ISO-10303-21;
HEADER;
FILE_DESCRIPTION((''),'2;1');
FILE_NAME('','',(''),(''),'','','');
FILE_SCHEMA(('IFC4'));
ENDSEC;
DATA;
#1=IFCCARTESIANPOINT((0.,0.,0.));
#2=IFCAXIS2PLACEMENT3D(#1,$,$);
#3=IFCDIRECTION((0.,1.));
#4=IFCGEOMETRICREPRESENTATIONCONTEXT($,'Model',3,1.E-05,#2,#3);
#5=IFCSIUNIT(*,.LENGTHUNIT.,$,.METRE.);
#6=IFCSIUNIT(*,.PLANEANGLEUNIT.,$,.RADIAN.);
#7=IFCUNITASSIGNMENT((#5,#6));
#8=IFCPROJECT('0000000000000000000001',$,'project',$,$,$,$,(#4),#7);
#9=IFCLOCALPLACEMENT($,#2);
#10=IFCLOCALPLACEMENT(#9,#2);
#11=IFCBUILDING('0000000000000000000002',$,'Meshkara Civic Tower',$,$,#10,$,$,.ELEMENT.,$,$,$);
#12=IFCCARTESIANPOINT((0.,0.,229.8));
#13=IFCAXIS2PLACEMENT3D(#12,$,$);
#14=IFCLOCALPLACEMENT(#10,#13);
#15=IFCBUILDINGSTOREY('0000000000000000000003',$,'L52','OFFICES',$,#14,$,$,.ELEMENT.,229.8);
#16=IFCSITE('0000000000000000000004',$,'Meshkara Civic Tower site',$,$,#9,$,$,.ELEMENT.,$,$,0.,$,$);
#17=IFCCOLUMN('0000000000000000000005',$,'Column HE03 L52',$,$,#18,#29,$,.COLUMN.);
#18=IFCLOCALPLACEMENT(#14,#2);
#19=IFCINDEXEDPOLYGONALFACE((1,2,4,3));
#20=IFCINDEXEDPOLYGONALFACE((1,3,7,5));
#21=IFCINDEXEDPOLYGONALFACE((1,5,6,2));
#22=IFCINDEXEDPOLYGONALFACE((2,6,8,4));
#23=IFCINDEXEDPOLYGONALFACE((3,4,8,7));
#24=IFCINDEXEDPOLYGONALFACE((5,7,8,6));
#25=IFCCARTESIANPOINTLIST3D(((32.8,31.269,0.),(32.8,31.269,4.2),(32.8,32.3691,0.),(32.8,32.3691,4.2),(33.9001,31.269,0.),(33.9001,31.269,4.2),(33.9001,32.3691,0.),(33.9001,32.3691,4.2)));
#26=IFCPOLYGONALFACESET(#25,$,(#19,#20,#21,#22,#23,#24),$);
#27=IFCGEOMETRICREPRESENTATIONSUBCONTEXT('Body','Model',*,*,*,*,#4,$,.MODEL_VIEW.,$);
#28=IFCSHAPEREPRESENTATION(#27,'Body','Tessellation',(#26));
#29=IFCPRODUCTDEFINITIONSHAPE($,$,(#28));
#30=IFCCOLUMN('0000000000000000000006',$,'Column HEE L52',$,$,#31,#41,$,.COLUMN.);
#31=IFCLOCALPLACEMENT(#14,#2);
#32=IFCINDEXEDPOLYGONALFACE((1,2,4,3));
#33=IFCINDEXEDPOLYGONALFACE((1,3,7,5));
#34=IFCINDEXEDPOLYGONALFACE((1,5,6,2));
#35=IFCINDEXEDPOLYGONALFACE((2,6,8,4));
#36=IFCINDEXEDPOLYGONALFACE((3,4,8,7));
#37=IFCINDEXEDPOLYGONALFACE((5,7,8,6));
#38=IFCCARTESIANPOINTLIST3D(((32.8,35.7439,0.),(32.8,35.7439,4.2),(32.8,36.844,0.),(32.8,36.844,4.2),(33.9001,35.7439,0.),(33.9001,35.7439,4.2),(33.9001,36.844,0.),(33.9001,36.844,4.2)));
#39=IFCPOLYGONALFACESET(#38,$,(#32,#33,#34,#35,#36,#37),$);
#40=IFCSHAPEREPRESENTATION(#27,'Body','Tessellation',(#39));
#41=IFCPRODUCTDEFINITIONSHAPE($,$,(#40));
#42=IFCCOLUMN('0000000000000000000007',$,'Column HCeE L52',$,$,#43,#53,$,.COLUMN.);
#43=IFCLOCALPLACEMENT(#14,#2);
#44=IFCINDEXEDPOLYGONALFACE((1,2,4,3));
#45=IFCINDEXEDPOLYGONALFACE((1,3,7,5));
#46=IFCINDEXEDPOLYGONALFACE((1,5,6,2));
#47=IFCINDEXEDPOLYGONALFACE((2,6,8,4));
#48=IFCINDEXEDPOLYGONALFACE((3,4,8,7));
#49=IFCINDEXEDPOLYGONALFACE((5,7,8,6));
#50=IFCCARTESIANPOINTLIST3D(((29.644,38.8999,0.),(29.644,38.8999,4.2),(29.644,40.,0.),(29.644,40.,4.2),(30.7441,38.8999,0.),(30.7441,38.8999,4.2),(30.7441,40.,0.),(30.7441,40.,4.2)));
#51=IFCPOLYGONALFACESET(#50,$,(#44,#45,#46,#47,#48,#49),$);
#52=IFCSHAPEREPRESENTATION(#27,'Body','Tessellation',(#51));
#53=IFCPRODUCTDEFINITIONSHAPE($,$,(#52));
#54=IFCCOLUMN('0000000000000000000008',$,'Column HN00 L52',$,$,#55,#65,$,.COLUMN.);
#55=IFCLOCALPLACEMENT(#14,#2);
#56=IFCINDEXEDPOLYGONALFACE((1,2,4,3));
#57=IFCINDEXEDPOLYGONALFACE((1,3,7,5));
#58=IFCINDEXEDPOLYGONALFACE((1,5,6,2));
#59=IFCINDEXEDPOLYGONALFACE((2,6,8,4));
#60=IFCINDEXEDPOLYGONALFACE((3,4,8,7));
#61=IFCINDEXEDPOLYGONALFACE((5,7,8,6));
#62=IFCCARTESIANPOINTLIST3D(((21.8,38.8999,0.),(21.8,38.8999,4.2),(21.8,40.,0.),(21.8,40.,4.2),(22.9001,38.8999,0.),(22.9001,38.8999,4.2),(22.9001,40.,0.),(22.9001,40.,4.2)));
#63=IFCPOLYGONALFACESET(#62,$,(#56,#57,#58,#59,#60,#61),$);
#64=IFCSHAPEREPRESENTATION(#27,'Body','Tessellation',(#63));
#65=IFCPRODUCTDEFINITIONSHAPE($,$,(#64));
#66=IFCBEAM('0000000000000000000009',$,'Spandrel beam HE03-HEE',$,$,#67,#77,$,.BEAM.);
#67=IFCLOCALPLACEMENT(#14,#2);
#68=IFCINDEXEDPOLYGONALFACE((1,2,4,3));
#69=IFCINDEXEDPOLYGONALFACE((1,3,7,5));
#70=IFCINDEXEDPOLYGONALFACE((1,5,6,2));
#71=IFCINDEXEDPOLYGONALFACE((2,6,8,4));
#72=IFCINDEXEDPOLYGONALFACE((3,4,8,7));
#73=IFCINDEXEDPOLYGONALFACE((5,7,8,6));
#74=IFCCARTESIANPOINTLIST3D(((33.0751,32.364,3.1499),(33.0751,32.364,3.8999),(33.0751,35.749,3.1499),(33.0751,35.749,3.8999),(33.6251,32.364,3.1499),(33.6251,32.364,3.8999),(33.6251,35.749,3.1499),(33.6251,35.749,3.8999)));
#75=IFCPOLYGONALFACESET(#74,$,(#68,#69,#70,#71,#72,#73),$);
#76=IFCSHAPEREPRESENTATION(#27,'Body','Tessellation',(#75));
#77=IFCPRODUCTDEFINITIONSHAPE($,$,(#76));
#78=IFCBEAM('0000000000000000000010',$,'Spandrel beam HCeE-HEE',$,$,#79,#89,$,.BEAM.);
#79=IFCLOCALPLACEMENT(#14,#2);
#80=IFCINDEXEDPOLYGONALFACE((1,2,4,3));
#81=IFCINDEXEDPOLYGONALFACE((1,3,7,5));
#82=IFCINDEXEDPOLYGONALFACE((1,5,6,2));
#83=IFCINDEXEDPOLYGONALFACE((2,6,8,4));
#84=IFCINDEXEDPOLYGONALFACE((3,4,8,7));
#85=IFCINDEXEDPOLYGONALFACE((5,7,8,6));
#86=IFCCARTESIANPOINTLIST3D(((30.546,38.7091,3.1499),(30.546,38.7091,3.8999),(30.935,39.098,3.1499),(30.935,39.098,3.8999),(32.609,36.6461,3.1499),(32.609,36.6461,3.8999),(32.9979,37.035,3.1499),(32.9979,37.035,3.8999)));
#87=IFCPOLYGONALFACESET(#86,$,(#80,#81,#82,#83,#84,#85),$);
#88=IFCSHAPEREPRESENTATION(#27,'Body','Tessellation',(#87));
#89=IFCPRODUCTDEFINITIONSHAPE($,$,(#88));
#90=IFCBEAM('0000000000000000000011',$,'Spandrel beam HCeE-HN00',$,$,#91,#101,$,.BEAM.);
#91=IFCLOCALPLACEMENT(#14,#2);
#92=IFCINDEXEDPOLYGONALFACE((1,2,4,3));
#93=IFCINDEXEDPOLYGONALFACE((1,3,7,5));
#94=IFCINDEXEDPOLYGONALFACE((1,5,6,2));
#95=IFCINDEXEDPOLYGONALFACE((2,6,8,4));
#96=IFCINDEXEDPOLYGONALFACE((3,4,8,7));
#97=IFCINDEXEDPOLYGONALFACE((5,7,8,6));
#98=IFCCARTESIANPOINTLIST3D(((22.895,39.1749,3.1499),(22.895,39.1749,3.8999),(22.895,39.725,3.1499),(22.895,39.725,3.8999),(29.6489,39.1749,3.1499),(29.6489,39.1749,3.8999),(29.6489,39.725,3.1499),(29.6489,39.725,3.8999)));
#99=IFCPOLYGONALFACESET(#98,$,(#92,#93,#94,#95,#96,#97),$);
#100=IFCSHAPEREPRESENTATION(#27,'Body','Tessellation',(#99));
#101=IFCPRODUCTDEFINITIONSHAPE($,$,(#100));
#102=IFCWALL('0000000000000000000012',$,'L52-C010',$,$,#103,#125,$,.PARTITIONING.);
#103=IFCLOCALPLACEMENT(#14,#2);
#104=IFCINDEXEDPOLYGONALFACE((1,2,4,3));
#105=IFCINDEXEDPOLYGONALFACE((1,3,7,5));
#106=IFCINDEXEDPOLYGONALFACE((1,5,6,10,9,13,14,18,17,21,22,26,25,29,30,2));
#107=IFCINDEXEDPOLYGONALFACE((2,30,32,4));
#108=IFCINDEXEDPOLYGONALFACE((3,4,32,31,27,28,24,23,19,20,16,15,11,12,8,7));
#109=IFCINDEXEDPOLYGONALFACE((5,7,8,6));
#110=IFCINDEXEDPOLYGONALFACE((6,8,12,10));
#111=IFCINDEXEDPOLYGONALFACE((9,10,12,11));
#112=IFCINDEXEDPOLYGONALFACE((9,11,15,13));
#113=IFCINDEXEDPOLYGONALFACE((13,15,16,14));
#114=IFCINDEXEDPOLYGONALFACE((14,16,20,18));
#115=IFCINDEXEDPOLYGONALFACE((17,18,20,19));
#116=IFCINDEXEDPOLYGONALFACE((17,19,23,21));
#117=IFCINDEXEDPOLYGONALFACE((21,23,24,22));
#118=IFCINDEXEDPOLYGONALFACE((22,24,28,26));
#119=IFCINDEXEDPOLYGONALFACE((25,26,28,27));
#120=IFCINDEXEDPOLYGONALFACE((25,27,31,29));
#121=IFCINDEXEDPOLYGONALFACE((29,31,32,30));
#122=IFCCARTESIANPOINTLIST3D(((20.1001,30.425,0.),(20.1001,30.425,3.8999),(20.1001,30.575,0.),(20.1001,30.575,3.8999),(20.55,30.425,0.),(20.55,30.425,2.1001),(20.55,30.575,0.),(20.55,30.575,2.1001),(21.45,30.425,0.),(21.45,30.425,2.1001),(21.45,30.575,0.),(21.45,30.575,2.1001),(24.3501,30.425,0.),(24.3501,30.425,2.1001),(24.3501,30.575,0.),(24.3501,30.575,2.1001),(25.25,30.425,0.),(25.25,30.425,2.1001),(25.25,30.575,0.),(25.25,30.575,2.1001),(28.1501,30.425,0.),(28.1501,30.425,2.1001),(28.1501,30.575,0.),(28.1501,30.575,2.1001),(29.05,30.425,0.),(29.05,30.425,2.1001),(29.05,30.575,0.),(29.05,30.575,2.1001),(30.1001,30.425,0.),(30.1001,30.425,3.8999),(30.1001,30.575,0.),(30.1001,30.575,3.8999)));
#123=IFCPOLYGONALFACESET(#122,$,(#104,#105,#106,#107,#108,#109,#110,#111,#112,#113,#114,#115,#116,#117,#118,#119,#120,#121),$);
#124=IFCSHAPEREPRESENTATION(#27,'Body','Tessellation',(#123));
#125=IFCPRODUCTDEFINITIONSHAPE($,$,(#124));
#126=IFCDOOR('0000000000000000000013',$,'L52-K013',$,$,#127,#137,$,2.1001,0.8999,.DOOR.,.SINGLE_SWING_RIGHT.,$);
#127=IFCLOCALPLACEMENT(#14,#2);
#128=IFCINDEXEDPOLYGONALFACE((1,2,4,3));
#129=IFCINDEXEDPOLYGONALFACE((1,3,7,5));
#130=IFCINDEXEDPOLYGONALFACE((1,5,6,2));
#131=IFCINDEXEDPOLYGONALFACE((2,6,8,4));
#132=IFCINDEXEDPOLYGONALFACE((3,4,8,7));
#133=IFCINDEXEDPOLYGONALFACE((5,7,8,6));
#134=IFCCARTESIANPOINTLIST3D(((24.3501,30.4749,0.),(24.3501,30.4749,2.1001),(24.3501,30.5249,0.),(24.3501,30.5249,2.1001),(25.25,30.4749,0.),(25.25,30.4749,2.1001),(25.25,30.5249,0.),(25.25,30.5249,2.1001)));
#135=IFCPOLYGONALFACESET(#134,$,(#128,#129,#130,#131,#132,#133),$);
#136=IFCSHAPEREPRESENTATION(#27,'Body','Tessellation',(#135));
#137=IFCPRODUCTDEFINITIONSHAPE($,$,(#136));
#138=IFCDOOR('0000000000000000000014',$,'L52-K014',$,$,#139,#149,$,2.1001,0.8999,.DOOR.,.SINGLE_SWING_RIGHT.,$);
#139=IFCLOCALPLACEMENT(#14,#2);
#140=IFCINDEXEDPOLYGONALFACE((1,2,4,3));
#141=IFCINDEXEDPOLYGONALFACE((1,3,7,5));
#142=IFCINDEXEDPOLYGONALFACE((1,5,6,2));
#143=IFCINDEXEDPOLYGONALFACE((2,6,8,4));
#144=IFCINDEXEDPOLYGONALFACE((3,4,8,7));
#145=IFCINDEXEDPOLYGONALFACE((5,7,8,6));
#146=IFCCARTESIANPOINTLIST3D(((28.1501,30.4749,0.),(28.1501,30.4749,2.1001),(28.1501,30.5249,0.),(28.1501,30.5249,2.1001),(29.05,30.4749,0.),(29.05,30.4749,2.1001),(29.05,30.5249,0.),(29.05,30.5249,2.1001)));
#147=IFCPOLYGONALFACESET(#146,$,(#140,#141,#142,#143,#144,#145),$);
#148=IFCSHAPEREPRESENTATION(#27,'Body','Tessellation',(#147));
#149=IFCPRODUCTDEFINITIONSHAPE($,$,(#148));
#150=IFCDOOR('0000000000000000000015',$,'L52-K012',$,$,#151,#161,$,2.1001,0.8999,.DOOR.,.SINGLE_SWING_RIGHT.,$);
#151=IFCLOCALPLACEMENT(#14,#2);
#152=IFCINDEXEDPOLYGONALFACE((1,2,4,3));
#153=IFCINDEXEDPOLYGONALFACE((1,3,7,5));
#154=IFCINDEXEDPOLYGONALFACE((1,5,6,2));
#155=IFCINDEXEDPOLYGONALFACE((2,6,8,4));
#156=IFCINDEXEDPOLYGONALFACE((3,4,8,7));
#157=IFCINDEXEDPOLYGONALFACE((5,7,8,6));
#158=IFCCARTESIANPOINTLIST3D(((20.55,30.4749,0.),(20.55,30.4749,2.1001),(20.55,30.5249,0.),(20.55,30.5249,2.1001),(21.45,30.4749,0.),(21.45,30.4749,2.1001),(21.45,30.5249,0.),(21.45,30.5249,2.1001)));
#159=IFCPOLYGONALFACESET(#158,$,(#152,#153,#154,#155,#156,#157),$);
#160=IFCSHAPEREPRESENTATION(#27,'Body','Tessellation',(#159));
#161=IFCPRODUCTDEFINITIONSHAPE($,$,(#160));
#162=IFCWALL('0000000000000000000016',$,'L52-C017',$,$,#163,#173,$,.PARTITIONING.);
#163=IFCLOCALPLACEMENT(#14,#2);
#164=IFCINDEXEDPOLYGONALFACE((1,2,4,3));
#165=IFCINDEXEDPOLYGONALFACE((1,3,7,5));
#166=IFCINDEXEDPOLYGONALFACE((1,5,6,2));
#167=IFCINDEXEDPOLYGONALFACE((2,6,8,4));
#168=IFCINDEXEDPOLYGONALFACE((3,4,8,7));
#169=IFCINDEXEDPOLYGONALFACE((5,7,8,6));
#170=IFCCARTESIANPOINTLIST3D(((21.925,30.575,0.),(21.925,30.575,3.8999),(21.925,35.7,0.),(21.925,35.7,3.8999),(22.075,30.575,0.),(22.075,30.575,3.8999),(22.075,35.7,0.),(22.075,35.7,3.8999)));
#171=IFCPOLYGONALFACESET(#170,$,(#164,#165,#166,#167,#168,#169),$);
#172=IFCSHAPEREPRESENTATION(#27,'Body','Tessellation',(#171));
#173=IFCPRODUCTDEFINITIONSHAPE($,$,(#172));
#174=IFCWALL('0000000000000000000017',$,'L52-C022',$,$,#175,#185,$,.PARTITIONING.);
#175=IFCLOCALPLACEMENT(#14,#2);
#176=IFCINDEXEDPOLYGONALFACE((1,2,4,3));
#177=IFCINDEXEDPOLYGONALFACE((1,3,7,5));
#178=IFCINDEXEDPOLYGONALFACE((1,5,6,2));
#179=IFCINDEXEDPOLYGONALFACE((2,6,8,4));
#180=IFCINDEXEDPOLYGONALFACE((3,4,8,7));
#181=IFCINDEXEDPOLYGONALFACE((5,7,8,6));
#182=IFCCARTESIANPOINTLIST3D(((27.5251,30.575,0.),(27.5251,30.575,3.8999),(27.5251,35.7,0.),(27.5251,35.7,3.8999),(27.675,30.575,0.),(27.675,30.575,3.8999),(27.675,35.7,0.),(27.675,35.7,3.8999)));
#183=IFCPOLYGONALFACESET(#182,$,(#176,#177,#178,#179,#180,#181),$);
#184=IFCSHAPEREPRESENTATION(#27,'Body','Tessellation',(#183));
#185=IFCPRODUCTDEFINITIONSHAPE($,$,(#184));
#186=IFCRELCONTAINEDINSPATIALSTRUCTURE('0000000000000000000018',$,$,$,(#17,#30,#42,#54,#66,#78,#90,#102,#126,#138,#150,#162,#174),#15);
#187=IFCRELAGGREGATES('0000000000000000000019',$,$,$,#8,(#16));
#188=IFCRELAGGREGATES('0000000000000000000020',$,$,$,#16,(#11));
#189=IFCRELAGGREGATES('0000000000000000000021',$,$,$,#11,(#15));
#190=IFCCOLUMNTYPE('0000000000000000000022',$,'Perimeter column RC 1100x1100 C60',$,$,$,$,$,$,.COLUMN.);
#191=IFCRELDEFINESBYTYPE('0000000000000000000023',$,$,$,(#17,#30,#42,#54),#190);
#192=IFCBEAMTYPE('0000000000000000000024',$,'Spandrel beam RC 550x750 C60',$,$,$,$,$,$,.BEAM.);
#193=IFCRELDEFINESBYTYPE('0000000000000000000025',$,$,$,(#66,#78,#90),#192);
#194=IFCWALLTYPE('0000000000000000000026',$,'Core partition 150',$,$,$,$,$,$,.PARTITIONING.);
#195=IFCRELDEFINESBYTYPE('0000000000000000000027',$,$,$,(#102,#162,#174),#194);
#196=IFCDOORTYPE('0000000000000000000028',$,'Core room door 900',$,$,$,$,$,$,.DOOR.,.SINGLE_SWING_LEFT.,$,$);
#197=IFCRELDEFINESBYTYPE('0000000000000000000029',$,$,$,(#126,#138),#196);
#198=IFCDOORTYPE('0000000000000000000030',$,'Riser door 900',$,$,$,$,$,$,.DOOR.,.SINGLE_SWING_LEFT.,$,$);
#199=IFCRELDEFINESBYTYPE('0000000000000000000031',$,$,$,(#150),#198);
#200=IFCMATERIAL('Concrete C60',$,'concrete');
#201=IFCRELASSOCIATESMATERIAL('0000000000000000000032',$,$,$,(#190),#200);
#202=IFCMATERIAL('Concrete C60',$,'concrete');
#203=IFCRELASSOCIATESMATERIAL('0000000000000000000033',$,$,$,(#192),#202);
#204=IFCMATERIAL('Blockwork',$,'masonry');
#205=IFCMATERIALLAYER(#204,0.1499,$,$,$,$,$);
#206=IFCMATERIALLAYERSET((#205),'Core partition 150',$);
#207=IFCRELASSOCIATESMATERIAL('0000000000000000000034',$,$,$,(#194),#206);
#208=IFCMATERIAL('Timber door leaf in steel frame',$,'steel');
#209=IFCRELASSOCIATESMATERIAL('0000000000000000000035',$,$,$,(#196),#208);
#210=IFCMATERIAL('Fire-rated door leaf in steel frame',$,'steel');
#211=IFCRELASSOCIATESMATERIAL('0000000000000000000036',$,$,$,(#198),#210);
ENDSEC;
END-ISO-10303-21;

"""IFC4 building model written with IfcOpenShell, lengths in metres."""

from ifc_helpers import new_model, si_unit, direction, frame, frame_2d, origin, origin_2d, place, context, subcontext, project, spatial, rectangle, extrude, material, layer, layer_set, material_profile, profile_set, type_object, element, fill, save


model = new_model("IFC4")

# Units and contexts
model_context = context("Model", 3, precision=1e-05, world=origin(), true_north=direction((0.0, 1.0)))
body_context = subcontext(model_context, "Body", "Model", "MODEL_VIEW")
ifc_project = project(units=[si_unit("LENGTHUNIT", "METRE"), si_unit("PLANEANGLEUNIT", "RADIAN")], contexts=[model_context])

# Site, building, storey
site_placement = place(None, origin())
site = spatial("IfcSite", under=ifc_project, at=site_placement, Name="Meshkara Civic Tower site", CompositionType="ELEMENT", RefElevation=0.0)
building_placement = place(site_placement, origin())
building = spatial("IfcBuilding", under=site, at=building_placement, Name="Meshkara Civic Tower", CompositionType="ELEMENT")
storey_placement = place(building_placement, frame((0.0, 0.0, 229.8)))
storey = spatial("IfcBuildingStorey", under=building, at=storey_placement, Name="L52", Description="OFFICES", CompositionType="ELEMENT", Elevation=229.8)

# Columns
ifc_material_1 = material(Name="Concrete C60", Category="concrete")
ifc_material_profile_1 = material_profile(ifc_material_1, rectangle(XDim=1.1001, YDim=1.1001, at=origin_2d()))
ifc_profile_set_1 = profile_set([ifc_material_profile_1], Name="Concrete C60")
column_type = type_object("IfcColumnType", Name="Perimeter column RC 1100x1100 C60", PredefinedType="COLUMN", material=ifc_profile_set_1)
for number, where, z_axis, x_axis, name in (
    (1, (33.3501, 31.8191, 0.0), (0.0, 0.0, 1.0), (1.0, 0.0, 0.0), "Column HE03 L52"),
    (2, (33.3501, 36.2939, 0.0), (0.0, 0.0, 1.0), (1.0, 0.0, 0.0), "Column HEE L52"),
    (3, (30.1941, 39.45, 0.0), (0.0, 0.0, 1.0), (1.0, 0.0, 0.0), "Column HCeE L52"),
    (4, (22.3501, 39.45, 0.0), (0.0, 0.0, 1.0), (1.0, 0.0, 0.0), "Column HN00 L52"),
):
    element("IfcColumn", number, at=place(storey_placement, frame(where, z_axis=z_axis, x_axis=x_axis)), inside=storey, type_object=column_type, Name=name, PredefinedType="COLUMN", context=body_context, shape_type="SweptSolid", body=[
        extrude(rectangle(XDim=1.1001, YDim=1.1001, at=origin_2d()), origin(), (0.0, 0.0, 1.0), 4.2),
    ])

# Beams
ifc_material_2 = material(Name="Concrete C60", Category="concrete")
ifc_material_profile_2 = material_profile(ifc_material_2, rectangle(XDim=0.55, YDim=0.75, at=origin_2d()))
ifc_profile_set_2 = profile_set([ifc_material_profile_2], Name="Concrete C60")
beam_type = type_object("IfcBeamType", Name="Spandrel beam RC 550x750 C60", PredefinedType="BEAM", material=ifc_profile_set_2)
beam_1_placement = place(storey_placement, frame((33.3501, 32.364, 3.5249), z_axis=(0.0, 1.0, 0.0), x_axis=(-1.0, 0.0, 0.0)))
element("IfcBeam", 5, at=beam_1_placement, inside=storey, type_object=beam_type, Name="Spandrel beam HE03-HEE", PredefinedType="BEAM", context=body_context, shape_type="SweptSolid", body=[
    extrude(rectangle(XDim=0.55, YDim=0.75, at=origin_2d()), origin(), (0.0, 0.0, 1.0), 3.385),
])
beam_2_placement = place(storey_placement, frame((32.8035, 36.8406, 3.5249), z_axis=(-0.707107, 0.707107, 0.0), x_axis=(-0.707107, -0.707107, 0.0)))
element("IfcBeam", 6, at=beam_2_placement, inside=storey, type_object=beam_type, Name="Spandrel beam HCeE-HEE", PredefinedType="BEAM", context=body_context, shape_type="SweptSolid", body=[
    extrude(rectangle(XDim=0.55, YDim=0.75, at=origin_2d()), origin(), (0.0, 0.0, 1.0), 2.9175),
])
beam_3_placement = place(storey_placement, frame((29.6489, 39.45, 3.5249), z_axis=(-1.0, 0.0, 0.0), x_axis=(0.0, -1.0, 0.0)))
element("IfcBeam", 7, at=beam_3_placement, inside=storey, type_object=beam_type, Name="Spandrel beam HCeE-HN00", PredefinedType="BEAM", context=body_context, shape_type="SweptSolid", body=[
    extrude(rectangle(XDim=0.55, YDim=0.75, at=origin_2d()), origin(), (0.0, 0.0, 1.0), 6.7539),
])

# Wall, openings, doors
ifc_material_3 = material(Name="Blockwork", Category="masonry")
ifc_layer_1 = layer(ifc_material_3, 0.1499)
ifc_layer_set_1 = layer_set([ifc_layer_1], Name="Core partition 150")
wall_type_1 = type_object("IfcWallType", Name="Core partition 150", PredefinedType="PARTITIONING", material=ifc_layer_set_1)
wall_1_placement = place(storey_placement, frame((20.1001, 30.5, 0.0), z_axis=(0.0, 0.0, 1.0), x_axis=(1.0, 0.0, 0.0)))
wall_1 = element("IfcWall", 8, at=wall_1_placement, inside=storey, type_object=wall_type_1, Name="L52-C010", PredefinedType="PARTITIONING", context=body_context, shape_type="SweptSolid", body=[
    extrude(rectangle(XDim=10.0, YDim=0.1499, at=frame_2d((5.0, 0.0))), origin(), (0.0, 0.0, 1.0), 3.8999),
])
opening_1_placement = place(wall_1_placement, frame((0.45, 0.0, 0.0)))
opening_1 = element("IfcOpeningElement", 9, at=opening_1_placement, cuts=wall_1, PredefinedType="OPENING", context=body_context, shape_type="SweptSolid", body=[
    extrude(rectangle(XDim=0.8999, YDim=2.1001, at=frame_2d((0.45, 1.05))), frame((0.0, 0.085, 0.0), z_axis=(0.0, -1.0, 0.0), x_axis=(1.0, 0.0, 0.0)), (0.0, 0.0, 1.0), 0.1699),
])
opening_2_placement = place(wall_1_placement, frame((4.25, 0.0, 0.0)))
opening_2 = element("IfcOpeningElement", 10, at=opening_2_placement, cuts=wall_1, PredefinedType="OPENING", context=body_context, shape_type="SweptSolid", body=[
    extrude(rectangle(XDim=0.8999, YDim=2.1001, at=frame_2d((0.45, 1.05))), frame((0.0, 0.085, 0.0), z_axis=(0.0, -1.0, 0.0), x_axis=(1.0, 0.0, 0.0)), (0.0, 0.0, 1.0), 0.1699),
])
opening_3_placement = place(wall_1_placement, frame((8.05, 0.0, 0.0)))
opening_3 = element("IfcOpeningElement", 11, at=opening_3_placement, cuts=wall_1, PredefinedType="OPENING", context=body_context, shape_type="SweptSolid", body=[
    extrude(rectangle(XDim=0.8999, YDim=2.1001, at=frame_2d((0.45, 1.05))), frame((0.0, 0.085, 0.0), z_axis=(0.0, -1.0, 0.0), x_axis=(1.0, 0.0, 0.0)), (0.0, 0.0, 1.0), 0.1699),
])
ifc_material_4 = material(Name="Timber door leaf in steel frame", Category="steel")
door_type_1 = type_object("IfcDoorType", Name="Core room door 900", OperationType="SINGLE_SWING_LEFT", PredefinedType="DOOR", material=ifc_material_4)
door_1_placement = place(opening_2_placement, origin())
door_1 = element("IfcDoor", 12, at=door_1_placement, inside=storey, type_object=door_type_1, Name="L52-K013", OperationType="SINGLE_SWING_RIGHT", OverallHeight=2.1001, OverallWidth=0.8999, PredefinedType="DOOR", context=body_context, shape_type="SweptSolid", body=[
    extrude(rectangle(XDim=0.8999, YDim=2.1001, at=frame_2d((0.45, 1.05))), frame((0.0, 0.0249, 0.0), z_axis=(0.0, -1.0, 0.0), x_axis=(1.0, 0.0, 0.0)), (0.0, 0.0, 1.0), 0.05),
])
fill(opening_2, door_1)
door_2_placement = place(opening_3_placement, origin())
door_2 = element("IfcDoor", 13, at=door_2_placement, inside=storey, type_object=door_type_1, Name="L52-K014", OperationType="SINGLE_SWING_RIGHT", OverallHeight=2.1001, OverallWidth=0.8999, PredefinedType="DOOR", context=body_context, shape_type="SweptSolid", body=[
    extrude(rectangle(XDim=0.8999, YDim=2.1001, at=frame_2d((0.45, 1.05))), frame((0.0, 0.0249, 0.0), z_axis=(0.0, -1.0, 0.0), x_axis=(1.0, 0.0, 0.0)), (0.0, 0.0, 1.0), 0.05),
])
fill(opening_3, door_2)
ifc_material_5 = material(Name="Fire-rated door leaf in steel frame", Category="steel")
door_type_2 = type_object("IfcDoorType", Name="Riser door 900", OperationType="SINGLE_SWING_LEFT", PredefinedType="DOOR", material=ifc_material_5)
door_3_placement = place(opening_1_placement, origin())
door_3 = element("IfcDoor", 14, at=door_3_placement, inside=storey, type_object=door_type_2, Name="L52-K012", OperationType="SINGLE_SWING_RIGHT", OverallHeight=2.1001, OverallWidth=0.8999, PredefinedType="DOOR", context=body_context, shape_type="SweptSolid", body=[
    extrude(rectangle(XDim=0.8999, YDim=2.1001, at=frame_2d((0.45, 1.05))), frame((0.0, 0.0249, 0.0), z_axis=(0.0, -1.0, 0.0), x_axis=(1.0, 0.0, 0.0)), (0.0, 0.0, 1.0), 0.05),
])
fill(opening_1, door_3)

# Walls
for number, where, z_axis, x_axis, name in (
    (15, (22.0, 30.575, 0.0), (0.0, 0.0, 1.0), (0.0, 1.0, 0.0), "L52-C017"),
    (16, (27.6001, 30.575, 0.0), (0.0, 0.0, 1.0), (0.0, 1.0, 0.0), "L52-C022"),
):
    element("IfcWall", number, at=place(storey_placement, frame(where, z_axis=z_axis, x_axis=x_axis)), inside=storey, type_object=wall_type_1, Name=name, PredefinedType="PARTITIONING", context=body_context, shape_type="SweptSolid", body=[
        extrude(rectangle(XDim=5.125, YDim=0.1499, at=frame_2d((2.5625, 0.0))), origin(), (0.0, 0.0, 1.0), 3.8999),
    ])

save(model, "model.ifc")
